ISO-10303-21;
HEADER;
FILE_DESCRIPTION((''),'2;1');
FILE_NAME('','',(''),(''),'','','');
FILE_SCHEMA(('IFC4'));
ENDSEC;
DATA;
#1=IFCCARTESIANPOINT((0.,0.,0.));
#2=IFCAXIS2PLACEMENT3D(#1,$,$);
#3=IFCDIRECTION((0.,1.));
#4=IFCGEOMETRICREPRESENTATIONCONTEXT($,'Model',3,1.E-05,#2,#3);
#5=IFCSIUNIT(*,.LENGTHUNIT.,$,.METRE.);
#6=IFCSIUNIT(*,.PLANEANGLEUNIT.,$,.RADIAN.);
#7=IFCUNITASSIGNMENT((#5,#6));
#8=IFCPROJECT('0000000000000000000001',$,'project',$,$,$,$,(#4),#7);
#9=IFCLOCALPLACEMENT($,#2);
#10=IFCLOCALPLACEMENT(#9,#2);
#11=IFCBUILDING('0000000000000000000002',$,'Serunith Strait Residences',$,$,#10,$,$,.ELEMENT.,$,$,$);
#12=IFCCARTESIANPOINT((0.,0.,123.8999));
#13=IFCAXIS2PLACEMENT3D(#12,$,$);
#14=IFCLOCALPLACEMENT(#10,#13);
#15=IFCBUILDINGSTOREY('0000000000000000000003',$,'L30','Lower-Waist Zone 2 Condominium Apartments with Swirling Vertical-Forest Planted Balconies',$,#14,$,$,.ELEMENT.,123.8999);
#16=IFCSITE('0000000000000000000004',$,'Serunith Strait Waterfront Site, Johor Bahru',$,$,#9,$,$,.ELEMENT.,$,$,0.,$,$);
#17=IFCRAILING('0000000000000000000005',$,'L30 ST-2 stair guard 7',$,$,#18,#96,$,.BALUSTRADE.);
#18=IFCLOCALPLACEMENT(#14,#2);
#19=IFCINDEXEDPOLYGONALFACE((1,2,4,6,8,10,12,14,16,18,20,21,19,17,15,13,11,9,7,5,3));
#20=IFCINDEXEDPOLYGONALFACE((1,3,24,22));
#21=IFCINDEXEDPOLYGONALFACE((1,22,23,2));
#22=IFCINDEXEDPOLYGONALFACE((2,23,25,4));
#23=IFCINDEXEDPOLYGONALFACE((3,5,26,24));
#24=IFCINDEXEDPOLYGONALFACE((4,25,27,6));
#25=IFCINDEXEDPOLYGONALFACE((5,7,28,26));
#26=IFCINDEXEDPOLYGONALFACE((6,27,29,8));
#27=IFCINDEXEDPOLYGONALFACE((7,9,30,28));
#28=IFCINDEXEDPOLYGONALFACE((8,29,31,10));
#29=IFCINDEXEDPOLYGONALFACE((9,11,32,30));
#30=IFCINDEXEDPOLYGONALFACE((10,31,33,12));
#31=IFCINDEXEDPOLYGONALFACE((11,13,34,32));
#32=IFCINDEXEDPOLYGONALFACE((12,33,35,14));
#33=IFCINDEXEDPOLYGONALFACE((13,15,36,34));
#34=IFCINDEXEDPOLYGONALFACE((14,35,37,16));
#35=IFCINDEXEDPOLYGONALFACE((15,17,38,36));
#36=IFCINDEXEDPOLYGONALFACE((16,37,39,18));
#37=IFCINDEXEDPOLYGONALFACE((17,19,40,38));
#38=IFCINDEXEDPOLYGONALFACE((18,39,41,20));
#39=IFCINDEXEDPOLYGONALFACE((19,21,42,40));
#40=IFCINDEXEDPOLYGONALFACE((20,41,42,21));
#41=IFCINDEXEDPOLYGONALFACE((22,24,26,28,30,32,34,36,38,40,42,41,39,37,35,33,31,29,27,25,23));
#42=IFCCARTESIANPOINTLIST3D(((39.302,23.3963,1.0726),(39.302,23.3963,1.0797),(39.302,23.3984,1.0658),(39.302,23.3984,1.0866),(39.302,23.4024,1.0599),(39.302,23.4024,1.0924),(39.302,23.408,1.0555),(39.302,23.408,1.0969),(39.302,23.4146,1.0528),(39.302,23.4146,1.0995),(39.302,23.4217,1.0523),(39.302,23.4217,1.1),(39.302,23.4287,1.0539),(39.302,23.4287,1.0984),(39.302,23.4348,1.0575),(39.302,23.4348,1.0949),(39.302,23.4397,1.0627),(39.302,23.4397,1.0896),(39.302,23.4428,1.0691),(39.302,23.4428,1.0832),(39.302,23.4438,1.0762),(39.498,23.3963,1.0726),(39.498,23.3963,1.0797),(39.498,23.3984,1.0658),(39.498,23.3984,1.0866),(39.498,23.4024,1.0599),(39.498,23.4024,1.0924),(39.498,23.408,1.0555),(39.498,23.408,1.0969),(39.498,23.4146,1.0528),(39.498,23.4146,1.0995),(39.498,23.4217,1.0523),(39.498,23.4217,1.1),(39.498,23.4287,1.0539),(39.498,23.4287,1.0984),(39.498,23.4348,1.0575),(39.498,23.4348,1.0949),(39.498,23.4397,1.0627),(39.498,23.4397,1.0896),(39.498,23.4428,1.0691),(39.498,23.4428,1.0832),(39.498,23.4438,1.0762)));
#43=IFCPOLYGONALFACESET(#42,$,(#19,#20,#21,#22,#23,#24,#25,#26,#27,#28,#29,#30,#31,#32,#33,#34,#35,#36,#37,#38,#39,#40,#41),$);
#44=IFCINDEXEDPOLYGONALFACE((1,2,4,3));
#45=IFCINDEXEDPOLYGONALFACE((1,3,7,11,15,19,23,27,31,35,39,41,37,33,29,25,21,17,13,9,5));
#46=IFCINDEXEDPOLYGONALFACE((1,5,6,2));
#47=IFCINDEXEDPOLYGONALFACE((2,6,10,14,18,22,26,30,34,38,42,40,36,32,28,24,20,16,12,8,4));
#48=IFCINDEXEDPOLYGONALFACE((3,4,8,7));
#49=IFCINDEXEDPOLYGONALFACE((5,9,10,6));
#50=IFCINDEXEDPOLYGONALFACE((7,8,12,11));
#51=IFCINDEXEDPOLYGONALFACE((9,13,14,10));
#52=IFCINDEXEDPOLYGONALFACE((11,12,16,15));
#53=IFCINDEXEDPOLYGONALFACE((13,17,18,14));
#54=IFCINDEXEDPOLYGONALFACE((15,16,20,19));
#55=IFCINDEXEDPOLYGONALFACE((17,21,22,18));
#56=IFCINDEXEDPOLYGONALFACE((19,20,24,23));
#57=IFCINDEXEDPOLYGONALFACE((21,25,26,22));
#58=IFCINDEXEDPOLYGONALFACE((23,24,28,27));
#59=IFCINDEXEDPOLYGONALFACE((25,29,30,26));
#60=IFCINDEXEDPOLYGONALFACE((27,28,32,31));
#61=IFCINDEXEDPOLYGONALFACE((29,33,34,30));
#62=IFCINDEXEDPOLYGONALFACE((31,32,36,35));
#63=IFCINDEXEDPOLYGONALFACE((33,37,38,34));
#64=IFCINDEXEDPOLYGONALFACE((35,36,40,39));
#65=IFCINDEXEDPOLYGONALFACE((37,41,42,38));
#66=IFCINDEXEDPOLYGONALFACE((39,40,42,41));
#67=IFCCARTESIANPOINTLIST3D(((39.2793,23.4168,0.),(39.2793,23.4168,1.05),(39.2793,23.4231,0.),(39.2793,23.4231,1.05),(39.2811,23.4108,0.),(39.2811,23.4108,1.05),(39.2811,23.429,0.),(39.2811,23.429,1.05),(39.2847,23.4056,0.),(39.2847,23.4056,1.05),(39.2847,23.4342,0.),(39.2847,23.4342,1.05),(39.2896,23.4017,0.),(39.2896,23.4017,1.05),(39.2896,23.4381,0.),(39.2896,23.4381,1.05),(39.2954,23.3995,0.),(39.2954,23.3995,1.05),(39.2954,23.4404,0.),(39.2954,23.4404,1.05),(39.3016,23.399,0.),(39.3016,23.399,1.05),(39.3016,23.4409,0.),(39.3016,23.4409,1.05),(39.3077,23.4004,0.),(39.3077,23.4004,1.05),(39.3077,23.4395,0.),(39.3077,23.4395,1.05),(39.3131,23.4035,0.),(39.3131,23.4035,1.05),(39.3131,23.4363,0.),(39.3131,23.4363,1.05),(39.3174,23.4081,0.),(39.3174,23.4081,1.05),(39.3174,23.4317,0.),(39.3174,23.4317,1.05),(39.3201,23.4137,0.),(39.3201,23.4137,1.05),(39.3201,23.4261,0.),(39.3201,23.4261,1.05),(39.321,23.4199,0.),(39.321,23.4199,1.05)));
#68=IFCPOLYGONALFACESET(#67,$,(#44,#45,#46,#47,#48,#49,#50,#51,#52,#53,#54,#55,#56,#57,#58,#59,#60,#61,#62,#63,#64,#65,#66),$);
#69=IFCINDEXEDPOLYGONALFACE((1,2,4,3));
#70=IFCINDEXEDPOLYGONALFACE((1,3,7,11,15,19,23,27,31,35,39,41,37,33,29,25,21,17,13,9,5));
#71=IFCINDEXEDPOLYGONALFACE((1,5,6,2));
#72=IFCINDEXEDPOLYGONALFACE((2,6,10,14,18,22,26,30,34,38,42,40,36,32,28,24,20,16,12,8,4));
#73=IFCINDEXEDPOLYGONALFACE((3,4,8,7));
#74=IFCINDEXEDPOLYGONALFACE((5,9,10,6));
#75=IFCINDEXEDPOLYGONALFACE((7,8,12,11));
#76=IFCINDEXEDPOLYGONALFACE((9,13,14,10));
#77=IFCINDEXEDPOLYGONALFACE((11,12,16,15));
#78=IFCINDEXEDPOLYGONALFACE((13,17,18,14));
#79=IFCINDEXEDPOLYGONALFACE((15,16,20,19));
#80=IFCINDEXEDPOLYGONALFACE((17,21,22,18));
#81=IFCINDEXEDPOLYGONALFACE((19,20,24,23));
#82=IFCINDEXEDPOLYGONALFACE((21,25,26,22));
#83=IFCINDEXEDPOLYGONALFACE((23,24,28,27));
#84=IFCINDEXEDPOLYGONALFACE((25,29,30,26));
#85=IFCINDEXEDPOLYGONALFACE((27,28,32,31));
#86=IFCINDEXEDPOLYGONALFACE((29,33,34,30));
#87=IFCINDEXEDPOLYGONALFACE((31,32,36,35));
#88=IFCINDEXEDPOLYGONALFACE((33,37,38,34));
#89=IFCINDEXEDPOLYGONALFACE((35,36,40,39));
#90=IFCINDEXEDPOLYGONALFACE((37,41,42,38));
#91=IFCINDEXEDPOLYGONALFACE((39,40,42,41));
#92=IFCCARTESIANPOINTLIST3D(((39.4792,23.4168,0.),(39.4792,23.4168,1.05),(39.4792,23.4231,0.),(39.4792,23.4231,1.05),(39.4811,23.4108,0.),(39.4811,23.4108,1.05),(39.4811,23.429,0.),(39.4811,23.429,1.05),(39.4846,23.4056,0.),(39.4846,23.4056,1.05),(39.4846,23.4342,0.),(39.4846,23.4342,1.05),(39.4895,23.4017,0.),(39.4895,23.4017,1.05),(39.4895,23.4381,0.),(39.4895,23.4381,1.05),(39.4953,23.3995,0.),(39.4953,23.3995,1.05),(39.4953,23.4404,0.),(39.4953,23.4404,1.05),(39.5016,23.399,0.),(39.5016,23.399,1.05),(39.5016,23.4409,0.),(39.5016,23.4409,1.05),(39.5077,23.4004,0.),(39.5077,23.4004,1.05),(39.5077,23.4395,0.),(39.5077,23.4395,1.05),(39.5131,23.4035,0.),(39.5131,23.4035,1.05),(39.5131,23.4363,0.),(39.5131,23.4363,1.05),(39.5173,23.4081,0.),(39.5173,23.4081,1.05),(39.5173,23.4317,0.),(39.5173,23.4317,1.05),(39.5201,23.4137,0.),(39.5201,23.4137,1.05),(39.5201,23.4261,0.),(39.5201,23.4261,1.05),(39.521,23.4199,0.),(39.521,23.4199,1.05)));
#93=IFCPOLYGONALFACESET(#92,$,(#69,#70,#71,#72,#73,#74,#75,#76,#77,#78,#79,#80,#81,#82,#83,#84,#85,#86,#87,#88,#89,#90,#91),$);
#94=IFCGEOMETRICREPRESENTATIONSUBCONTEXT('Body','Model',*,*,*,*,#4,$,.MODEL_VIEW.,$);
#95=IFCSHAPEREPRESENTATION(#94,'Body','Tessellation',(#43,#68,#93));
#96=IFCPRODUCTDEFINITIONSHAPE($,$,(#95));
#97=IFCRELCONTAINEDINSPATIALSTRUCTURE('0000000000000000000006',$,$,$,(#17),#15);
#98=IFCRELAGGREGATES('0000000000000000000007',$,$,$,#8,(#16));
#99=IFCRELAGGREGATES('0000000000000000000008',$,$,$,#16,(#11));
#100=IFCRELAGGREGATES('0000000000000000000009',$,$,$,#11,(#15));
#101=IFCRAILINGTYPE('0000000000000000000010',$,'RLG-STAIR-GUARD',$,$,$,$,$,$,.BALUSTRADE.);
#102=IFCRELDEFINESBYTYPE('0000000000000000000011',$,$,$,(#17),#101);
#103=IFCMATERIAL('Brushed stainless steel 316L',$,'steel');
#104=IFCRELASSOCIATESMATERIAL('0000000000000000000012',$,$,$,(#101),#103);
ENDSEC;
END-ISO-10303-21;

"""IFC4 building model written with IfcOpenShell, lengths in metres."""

from ifc_helpers import new_model, si_unit, direction, frame, origin, origin_2d, place, context, subcontext, project, spatial, circle, extrude, material, type_object, element, save


model = new_model("IFC4")

# Units and contexts
model_context = context("Model", 3, precision=1e-05, world=origin(), true_north=direction((0.0, 1.0)))
body_context = subcontext(model_context, "Body", "Model", "MODEL_VIEW")
ifc_project = project(units=[si_unit("LENGTHUNIT", "METRE"), si_unit("PLANEANGLEUNIT", "RADIAN")], contexts=[model_context])

# Site, building, storey
site_placement = place(None, origin())
site = spatial("IfcSite", under=ifc_project, at=site_placement, Name="Serunith Strait Waterfront Site, Johor Bahru", CompositionType="ELEMENT", RefElevation=0.0)
building_placement = place(site_placement, origin())
building = spatial("IfcBuilding", under=site, at=building_placement, Name="Serunith Strait Residences", CompositionType="ELEMENT")
storey_placement = place(building_placement, frame((0.0, 0.0, 123.8999)))
storey = spatial("IfcBuildingStorey", under=building, at=storey_placement, Name="L30", Description="Lower-Waist Zone 2 Condominium Apartments with Swirling Vertical-Forest Planted Balconies", CompositionType="ELEMENT", Elevation=123.8999)

# Railing
ifc_material_1 = material(Name="Brushed stainless steel 316L", Category="steel")
railing_type_1 = type_object("IfcRailingType", Name="RLG-STAIR-GUARD", PredefinedType="BALUSTRADE", material=ifc_material_1)
railing_1_placement = place(storey_placement, frame((39.3, 23.4199, 0.0)))
element("IfcRailing", 1, at=railing_1_placement, inside=storey, type_object=railing_type_1, Name="L30 ST-2 stair guard 7", PredefinedType="BALUSTRADE", context=body_context, shape_type="SweptSolid", body=[
    extrude(circle(Radius=0.0239, at=origin_2d()), frame((0.002, 0.0, 1.0762), z_axis=(1.0, 0.0, 0.0), x_axis=(0.0, 1.0, 0.0)), (0.0, 0.0, 1.0), 0.196),
    extrude(circle(Radius=0.021, at=origin_2d()), origin(), (0.0, 0.0, 1.0), 1.05),
    extrude(circle(Radius=0.021, at=origin_2d()), frame((0.2, 0.0, 0.0)), (0.0, 0.0, 1.0), 1.05),
])

save(model, "model.ifc")
